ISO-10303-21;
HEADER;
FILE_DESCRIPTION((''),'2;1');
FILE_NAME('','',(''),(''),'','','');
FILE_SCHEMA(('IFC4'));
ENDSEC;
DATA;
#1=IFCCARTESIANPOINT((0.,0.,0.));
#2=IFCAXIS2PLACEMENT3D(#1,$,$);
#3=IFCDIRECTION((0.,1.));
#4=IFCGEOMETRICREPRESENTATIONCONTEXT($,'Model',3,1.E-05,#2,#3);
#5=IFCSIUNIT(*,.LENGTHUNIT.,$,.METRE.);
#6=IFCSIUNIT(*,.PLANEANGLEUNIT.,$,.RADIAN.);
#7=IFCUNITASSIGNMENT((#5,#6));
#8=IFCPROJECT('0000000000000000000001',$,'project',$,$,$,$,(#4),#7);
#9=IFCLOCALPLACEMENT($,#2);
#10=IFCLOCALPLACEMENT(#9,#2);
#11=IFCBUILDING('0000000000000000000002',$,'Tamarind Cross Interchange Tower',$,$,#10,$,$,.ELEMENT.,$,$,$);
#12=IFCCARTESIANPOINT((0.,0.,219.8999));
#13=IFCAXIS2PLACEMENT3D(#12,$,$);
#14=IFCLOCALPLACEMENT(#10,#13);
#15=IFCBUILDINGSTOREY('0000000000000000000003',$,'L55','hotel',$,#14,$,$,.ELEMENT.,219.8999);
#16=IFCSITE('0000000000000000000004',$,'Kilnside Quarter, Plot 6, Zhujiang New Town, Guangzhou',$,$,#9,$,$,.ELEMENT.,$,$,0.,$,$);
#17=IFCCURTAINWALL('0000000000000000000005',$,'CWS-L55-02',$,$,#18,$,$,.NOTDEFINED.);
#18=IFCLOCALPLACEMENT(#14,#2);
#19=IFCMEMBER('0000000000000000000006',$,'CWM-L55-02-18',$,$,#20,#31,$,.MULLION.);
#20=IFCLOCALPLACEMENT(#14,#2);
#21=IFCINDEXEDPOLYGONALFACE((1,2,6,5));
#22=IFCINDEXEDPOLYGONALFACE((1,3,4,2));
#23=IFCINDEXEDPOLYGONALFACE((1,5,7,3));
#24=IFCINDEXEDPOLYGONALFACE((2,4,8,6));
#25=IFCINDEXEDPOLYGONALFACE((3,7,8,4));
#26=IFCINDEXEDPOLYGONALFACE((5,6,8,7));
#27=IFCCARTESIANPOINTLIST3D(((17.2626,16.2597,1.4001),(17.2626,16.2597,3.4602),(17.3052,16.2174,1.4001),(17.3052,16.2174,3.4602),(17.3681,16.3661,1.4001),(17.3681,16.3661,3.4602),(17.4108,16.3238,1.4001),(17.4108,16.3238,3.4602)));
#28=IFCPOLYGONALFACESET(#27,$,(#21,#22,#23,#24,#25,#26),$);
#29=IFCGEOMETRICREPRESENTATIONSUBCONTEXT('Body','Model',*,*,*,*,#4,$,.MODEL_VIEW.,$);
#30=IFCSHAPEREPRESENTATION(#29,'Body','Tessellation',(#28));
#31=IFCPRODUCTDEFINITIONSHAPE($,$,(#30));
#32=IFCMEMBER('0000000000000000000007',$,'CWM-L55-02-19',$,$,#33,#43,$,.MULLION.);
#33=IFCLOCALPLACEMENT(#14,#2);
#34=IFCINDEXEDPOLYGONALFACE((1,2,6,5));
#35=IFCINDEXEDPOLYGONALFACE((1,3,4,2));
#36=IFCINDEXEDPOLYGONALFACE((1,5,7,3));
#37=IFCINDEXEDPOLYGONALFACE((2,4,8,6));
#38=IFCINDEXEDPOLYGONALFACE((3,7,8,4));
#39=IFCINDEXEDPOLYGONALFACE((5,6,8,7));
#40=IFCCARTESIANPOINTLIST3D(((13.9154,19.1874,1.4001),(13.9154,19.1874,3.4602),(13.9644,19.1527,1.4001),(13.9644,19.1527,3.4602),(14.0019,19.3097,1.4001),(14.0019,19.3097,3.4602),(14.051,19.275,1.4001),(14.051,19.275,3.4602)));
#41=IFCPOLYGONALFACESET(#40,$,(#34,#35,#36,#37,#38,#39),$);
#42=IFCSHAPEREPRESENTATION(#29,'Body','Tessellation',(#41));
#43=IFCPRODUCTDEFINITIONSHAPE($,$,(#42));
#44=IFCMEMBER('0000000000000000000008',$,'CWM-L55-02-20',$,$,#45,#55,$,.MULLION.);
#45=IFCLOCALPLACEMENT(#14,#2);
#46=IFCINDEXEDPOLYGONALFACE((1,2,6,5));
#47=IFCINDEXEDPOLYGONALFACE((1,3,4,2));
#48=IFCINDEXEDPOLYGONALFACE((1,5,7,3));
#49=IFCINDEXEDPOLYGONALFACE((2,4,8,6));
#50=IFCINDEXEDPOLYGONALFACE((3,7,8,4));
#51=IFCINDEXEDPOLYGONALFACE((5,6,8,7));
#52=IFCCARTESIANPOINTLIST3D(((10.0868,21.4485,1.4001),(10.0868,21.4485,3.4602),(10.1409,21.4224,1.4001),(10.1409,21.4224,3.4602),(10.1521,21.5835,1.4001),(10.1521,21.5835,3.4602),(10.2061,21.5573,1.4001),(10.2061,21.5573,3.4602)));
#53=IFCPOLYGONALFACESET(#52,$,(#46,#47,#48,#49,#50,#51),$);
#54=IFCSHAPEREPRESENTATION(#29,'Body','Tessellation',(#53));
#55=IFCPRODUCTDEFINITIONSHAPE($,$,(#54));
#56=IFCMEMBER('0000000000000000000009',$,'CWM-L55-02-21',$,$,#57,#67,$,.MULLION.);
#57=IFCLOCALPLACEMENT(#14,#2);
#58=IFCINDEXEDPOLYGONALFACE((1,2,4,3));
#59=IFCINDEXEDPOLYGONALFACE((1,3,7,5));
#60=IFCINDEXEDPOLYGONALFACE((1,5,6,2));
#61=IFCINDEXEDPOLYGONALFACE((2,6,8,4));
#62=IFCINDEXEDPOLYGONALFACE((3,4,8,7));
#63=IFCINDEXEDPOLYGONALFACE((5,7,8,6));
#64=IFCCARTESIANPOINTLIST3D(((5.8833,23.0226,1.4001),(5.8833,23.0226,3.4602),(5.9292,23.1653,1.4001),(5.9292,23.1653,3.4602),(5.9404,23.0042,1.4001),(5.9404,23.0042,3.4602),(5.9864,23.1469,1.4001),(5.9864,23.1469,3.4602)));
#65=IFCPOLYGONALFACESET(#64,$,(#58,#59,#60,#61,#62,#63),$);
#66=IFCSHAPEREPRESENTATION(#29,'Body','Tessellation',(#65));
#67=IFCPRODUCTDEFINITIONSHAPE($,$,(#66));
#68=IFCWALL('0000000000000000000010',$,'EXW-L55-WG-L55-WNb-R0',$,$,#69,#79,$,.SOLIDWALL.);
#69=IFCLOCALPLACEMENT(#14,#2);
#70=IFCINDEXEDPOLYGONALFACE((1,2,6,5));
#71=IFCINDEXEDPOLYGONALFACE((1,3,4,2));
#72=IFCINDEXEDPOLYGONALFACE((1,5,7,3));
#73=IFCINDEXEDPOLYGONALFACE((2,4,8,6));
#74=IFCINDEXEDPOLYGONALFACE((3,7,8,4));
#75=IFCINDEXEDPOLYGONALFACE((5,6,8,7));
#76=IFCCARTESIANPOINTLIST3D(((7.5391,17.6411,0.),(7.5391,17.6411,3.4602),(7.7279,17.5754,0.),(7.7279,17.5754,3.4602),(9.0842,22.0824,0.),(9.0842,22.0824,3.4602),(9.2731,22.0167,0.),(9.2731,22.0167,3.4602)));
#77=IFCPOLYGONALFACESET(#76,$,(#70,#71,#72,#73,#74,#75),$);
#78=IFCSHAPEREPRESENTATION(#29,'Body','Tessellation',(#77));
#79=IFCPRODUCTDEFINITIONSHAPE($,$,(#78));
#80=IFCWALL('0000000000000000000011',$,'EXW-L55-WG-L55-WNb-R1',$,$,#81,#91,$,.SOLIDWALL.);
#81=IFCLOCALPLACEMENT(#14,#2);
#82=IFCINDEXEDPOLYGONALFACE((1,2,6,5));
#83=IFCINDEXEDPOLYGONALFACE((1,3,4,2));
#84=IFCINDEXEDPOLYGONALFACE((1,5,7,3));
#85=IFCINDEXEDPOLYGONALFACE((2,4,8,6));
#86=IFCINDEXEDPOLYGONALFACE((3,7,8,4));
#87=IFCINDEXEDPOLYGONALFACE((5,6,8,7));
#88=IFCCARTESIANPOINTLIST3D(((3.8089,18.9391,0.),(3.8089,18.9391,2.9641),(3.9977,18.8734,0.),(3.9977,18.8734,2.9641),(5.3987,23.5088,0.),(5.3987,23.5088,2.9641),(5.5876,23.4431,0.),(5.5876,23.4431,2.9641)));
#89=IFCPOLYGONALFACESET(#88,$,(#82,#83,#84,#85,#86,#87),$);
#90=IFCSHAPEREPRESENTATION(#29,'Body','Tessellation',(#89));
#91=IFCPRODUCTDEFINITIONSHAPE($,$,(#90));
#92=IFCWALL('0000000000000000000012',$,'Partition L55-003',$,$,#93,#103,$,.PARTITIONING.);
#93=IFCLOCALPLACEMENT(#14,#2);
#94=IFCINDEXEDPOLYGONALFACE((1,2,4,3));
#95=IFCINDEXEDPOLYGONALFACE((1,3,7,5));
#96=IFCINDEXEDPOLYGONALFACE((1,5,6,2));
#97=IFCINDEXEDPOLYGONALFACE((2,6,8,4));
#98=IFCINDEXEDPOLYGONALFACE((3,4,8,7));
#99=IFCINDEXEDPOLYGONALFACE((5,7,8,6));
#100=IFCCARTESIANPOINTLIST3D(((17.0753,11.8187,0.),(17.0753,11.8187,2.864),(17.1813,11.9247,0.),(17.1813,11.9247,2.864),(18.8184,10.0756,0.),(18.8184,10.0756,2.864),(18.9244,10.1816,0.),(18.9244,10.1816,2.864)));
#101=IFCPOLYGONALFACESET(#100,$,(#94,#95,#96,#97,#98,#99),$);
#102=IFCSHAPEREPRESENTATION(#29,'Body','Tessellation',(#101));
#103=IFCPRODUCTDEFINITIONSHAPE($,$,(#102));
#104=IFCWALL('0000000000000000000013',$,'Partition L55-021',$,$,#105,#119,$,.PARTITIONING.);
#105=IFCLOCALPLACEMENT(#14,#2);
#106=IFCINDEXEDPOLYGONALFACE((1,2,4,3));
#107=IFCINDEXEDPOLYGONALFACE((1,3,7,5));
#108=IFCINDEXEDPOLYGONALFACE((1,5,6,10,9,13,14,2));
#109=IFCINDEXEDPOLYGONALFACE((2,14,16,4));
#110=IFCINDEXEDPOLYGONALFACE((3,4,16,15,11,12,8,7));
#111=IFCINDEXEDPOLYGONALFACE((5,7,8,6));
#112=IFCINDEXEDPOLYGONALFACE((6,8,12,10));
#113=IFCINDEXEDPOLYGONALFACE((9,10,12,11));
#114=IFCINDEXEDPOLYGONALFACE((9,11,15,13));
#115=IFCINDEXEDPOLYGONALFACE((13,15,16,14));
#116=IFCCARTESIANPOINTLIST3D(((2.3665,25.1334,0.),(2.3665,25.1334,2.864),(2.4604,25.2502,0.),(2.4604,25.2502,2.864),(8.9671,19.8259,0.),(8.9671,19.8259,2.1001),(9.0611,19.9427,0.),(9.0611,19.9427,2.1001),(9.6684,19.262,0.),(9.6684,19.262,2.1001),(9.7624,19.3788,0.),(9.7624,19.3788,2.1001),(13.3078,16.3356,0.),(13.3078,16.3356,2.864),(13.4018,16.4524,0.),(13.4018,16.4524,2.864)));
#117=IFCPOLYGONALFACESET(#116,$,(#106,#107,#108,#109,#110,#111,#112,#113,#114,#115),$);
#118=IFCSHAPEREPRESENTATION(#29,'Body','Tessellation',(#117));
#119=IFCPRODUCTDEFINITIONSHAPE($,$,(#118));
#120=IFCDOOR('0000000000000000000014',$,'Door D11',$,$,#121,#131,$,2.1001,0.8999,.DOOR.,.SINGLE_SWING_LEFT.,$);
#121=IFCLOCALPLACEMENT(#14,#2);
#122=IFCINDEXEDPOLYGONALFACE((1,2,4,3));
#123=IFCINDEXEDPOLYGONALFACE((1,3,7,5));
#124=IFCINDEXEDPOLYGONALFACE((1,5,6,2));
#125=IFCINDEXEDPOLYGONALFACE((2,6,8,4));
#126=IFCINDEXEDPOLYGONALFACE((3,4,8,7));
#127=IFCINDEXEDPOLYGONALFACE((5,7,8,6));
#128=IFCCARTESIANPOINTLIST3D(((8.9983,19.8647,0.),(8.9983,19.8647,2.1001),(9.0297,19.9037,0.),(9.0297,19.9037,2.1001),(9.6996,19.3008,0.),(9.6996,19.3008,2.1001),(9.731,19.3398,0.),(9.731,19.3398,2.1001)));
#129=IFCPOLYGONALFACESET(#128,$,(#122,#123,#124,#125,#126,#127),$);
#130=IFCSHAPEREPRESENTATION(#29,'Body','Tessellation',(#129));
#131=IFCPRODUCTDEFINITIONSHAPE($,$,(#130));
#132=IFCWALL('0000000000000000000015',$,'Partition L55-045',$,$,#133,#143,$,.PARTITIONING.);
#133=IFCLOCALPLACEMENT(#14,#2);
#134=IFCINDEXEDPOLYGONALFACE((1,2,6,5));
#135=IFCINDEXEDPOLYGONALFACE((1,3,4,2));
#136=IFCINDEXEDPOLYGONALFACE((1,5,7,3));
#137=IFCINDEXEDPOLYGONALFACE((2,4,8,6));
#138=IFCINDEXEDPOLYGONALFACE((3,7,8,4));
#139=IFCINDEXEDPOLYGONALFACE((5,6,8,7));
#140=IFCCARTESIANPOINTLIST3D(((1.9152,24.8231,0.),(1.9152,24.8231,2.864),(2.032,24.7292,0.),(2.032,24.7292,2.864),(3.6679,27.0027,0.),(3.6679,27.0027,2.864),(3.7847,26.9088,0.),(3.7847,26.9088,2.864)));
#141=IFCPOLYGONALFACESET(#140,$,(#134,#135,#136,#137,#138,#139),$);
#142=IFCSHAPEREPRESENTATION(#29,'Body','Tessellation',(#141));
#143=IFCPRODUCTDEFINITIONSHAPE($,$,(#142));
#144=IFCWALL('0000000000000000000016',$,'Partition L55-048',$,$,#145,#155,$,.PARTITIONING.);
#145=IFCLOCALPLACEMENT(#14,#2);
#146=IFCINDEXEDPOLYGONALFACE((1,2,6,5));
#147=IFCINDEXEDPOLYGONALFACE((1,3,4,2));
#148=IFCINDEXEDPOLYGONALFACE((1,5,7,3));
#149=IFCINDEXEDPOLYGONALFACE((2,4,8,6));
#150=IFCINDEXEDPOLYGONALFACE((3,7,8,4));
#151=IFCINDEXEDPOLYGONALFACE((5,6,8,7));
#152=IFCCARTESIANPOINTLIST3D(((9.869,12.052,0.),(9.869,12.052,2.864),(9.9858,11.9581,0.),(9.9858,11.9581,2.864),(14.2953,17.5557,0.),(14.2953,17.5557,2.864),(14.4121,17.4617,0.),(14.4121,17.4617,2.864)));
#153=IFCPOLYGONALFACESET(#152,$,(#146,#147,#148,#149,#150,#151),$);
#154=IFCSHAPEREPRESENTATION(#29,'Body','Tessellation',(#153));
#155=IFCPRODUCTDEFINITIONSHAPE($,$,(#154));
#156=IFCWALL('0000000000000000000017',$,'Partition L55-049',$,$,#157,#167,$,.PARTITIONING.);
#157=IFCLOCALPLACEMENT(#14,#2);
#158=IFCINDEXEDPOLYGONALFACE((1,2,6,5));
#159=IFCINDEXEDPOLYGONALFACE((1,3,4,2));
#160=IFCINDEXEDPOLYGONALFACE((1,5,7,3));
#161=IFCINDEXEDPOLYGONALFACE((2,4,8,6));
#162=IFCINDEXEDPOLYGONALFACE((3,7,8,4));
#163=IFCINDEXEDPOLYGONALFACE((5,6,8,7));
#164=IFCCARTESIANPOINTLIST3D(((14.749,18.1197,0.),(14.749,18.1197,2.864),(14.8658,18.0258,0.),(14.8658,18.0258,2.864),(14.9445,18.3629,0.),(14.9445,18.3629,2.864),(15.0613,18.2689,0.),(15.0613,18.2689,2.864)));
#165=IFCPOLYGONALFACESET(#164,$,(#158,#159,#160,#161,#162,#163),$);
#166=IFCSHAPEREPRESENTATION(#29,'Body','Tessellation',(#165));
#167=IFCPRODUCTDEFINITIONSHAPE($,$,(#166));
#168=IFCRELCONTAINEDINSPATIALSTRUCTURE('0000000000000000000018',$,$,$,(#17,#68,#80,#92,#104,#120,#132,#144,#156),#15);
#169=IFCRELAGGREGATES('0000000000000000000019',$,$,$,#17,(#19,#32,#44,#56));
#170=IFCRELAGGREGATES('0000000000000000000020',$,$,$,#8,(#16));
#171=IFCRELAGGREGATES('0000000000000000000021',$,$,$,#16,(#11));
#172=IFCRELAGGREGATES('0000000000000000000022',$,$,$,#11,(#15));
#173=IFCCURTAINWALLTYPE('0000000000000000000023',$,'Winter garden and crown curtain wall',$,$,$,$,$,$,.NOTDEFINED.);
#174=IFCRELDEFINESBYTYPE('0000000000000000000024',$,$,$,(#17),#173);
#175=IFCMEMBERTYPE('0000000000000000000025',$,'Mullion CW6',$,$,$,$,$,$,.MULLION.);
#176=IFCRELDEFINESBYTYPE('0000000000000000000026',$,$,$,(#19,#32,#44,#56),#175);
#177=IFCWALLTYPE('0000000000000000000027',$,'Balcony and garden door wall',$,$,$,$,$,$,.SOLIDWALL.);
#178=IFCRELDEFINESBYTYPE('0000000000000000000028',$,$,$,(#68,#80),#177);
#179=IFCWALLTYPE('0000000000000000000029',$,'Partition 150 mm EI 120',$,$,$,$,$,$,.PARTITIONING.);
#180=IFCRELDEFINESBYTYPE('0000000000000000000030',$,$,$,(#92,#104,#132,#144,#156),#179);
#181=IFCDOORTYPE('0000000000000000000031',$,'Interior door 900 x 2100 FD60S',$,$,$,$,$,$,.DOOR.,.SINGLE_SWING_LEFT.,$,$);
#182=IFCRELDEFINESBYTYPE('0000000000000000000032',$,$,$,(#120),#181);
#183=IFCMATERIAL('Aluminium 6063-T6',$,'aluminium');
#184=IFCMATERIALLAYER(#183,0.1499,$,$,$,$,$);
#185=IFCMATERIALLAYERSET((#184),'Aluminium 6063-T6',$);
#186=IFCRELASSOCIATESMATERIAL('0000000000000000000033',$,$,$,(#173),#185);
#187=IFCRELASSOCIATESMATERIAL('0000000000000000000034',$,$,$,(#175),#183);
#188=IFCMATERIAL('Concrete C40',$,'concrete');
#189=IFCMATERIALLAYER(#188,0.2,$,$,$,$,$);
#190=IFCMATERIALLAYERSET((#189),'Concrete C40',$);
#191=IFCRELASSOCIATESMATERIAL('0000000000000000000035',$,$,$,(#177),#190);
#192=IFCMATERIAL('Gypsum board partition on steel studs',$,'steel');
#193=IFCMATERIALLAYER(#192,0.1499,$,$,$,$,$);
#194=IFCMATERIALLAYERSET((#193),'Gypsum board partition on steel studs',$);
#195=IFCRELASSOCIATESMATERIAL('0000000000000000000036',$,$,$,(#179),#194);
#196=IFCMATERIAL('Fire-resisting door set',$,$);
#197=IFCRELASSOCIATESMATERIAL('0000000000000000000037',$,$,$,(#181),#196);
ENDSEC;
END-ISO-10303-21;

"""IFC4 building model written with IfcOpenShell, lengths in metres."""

from ifc_helpers import new_model, si_unit, direction, frame, frame_2d, origin, origin_2d, place, context, subcontext, project, spatial, rectangle, extrude, material, layer, layer_set, material_profile, profile_set, type_object, element, fill, aggregate, save


model = new_model("IFC4")

# Units and contexts
model_context = context("Model", 3, precision=1e-05, world=origin(), true_north=direction((0.0, 1.0)))
body_context = subcontext(model_context, "Body", "Model", "MODEL_VIEW")
ifc_project = project(units=[si_unit("LENGTHUNIT", "METRE"), si_unit("PLANEANGLEUNIT", "RADIAN")], contexts=[model_context])

# Site, building, storey
site_placement = place(None, origin())
site = spatial("IfcSite", under=ifc_project, at=site_placement, Name="Kilnside Quarter, Plot 6, Zhujiang New Town, Guangzhou", CompositionType="ELEMENT", RefElevation=0.0)
building_placement = place(site_placement, origin())
building = spatial("IfcBuilding", under=site, at=building_placement, Name="Tamarind Cross Interchange Tower", CompositionType="ELEMENT")
storey_placement = place(building_placement, frame((0.0, 0.0, 219.8999)))
storey = spatial("IfcBuildingStorey", under=building, at=storey_placement, Name="L55", Description="hotel", CompositionType="ELEMENT", Elevation=219.8999)

# Curtain wall, members
ifc_material_1 = material(Name="Aluminium 6063-T6", Category="aluminium")
ifc_layer_1 = layer(ifc_material_1, 0.1499)
ifc_layer_set_1 = layer_set([ifc_layer_1], Name="Aluminium 6063-T6")
curtain_wall_type_1 = type_object("IfcCurtainWallType", Name="Winter garden and crown curtain wall", PredefinedType="NOTDEFINED", material=ifc_layer_set_1)
curtain_wall_1_placement = place(storey_placement, origin())
curtain_wall_1 = element("IfcCurtainWall", 1, at=curtain_wall_1_placement, inside=storey, type_object=curtain_wall_type_1, Name="CWS-L55-02", PredefinedType="NOTDEFINED")
ifc_material_profile_1 = material_profile(ifc_material_1, rectangle(XDim=0.0601, YDim=0.1499, at=origin_2d()), Name="Mullion CW6")
ifc_profile_set_1 = profile_set([ifc_material_profile_1], Name="Aluminium 6063-T6")
member_type_1 = type_object("IfcMemberType", Name="Mullion CW6", PredefinedType="MULLION", material=ifc_profile_set_1)
member_1_placement = place(storey_placement, frame((17.3367, 16.2917, 1.4001), z_axis=(0.0, 0.0, 1.0), x_axis=(-0.710143, 0.704057, 0.0)))
member_1 = element("IfcMember", 2, at=member_1_placement, type_object=member_type_1, Name="CWM-L55-02-18", PredefinedType="MULLION", context=body_context, shape_type="SweptSolid", body=[
    extrude(rectangle(XDim=0.0601, YDim=0.1499, at=origin_2d()), origin(), (0.0, 0.0, 1.0), 2.0601),
])
member_2_placement = place(storey_placement, frame((13.9832, 19.2312, 1.4001), z_axis=(0.0, 0.0, 1.0), x_axis=(-0.816342, 0.577569, 0.0)))
member_2 = element("IfcMember", 3, at=member_2_placement, type_object=member_type_1, Name="CWM-L55-02-19", PredefinedType="MULLION", context=body_context, shape_type="SweptSolid", body=[
    extrude(rectangle(XDim=0.0601, YDim=0.1499, at=origin_2d()), origin(), (0.0, 0.0, 1.0), 2.0601),
])
member_3_placement = place(storey_placement, frame((10.1465, 21.5029, 1.4001), z_axis=(0.0, 0.0, 1.0), x_axis=(-0.900273, 0.435326, 0.0)))
member_3 = element("IfcMember", 4, at=member_3_placement, type_object=member_type_1, Name="CWM-L55-02-20", PredefinedType="MULLION", context=body_context, shape_type="SweptSolid", body=[
    extrude(rectangle(XDim=0.0601, YDim=0.1499, at=origin_2d()), origin(), (0.0, 0.0, 1.0), 2.0601),
])
member_4_placement = place(storey_placement, frame((5.9348, 23.0847, 1.4001), z_axis=(0.0, 0.0, 1.0), x_axis=(-0.951959, 0.306225, 0.0)))
member_4 = element("IfcMember", 5, at=member_4_placement, type_object=member_type_1, Name="CWM-L55-02-21", PredefinedType="MULLION", context=body_context, shape_type="SweptSolid", body=[
    extrude(rectangle(XDim=0.0601, YDim=0.1499, at=origin_2d()), origin(), (0.0, 0.0, 1.0), 2.0601),
])
aggregate(curtain_wall_1, [member_1, member_2, member_3, member_4])

# Shared definitions
ifc_material_2 = material(Name="Concrete C40", Category="concrete")
ifc_layer_2 = layer(ifc_material_2, 0.2)
ifc_layer_set_2 = layer_set([ifc_layer_2], Name="Concrete C40")
wall_type_1 = type_object("IfcWallType", Name="Balcony and garden door wall", PredefinedType="SOLIDWALL", material=ifc_layer_set_2)

# Walls
wall_1_placement = place(storey_placement, frame((7.6335, 17.6084, 0.0), z_axis=(0.0, 0.0, 1.0), x_axis=(0.328583, 0.944475, 0.0)))
element("IfcWall", 6, at=wall_1_placement, inside=storey, type_object=wall_type_1, Name="EXW-L55-WG-L55-WNb-R0", PredefinedType="SOLIDWALL", context=body_context, shape_type="SweptSolid", body=[
    extrude(rectangle(XDim=4.7024, YDim=0.2, at=frame_2d((2.3511, 0.0))), origin(), (0.0, 0.0, 1.0), 3.4602),
])
wall_2_placement = place(storey_placement, frame((3.9033, 18.9062, 0.0), z_axis=(0.0, 0.0, 1.0), x_axis=(0.328583, 0.944475, 0.0)))
element("IfcWall", 7, at=wall_2_placement, inside=storey, type_object=wall_type_1, Name="EXW-L55-WG-L55-WNb-R1", PredefinedType="SOLIDWALL", context=body_context, shape_type="SweptSolid", body=[
    extrude(rectangle(XDim=4.8384, YDim=0.2, at=frame_2d((2.4192, 0.0))), origin(), (0.0, 0.0, 1.0), 2.9641),
])
ifc_material_3 = material(Name="Gypsum board partition on steel studs", Category="steel")
ifc_layer_3 = layer(ifc_material_3, 0.1499)
ifc_layer_set_3 = layer_set([ifc_layer_3], Name="Gypsum board partition on steel studs")
wall_type_2 = type_object("IfcWallType", Name="Partition 150 mm EI 120", PredefinedType="PARTITIONING", material=ifc_layer_set_3)
wall_3_placement = place(storey_placement, frame((17.1284, 11.8716, 0.0), z_axis=(0.0, 0.0, 1.0), x_axis=(0.707107, -0.707107, 0.0)))
element("IfcWall", 8, at=wall_3_placement, inside=storey, type_object=wall_type_2, Name="Partition L55-003", PredefinedType="PARTITIONING", context=body_context, shape_type="SweptSolid", body=[
    extrude(rectangle(XDim=2.4651, YDim=0.1499, at=frame_2d((1.2324, 0.0))), origin(), (0.0, 0.0, 1.0), 2.864),
])

# Wall, opening, door
wall_4_placement = place(storey_placement, frame((2.4133, 25.1919, 0.0), z_axis=(0.0, 0.0, 1.0), x_axis=(0.779312, -0.626636, 0.0)))
wall_4 = element("IfcWall", 9, at=wall_4_placement, inside=storey, type_object=wall_type_2, Name="Partition L55-021", PredefinedType="PARTITIONING", context=body_context, shape_type="SweptSolid", body=[
    extrude(rectangle(XDim=14.0398, YDim=0.1499, at=frame_2d((7.02, 0.0))), origin(), (0.0, 0.0, 1.0), 2.864),
])
opening_1_placement = place(wall_4_placement, frame((8.47, 0.0, 0.0)))
opening_1 = element("IfcOpeningElement", 10, at=opening_1_placement, cuts=wall_4, PredefinedType="OPENING", context=body_context, shape_type="SweptSolid", body=[
    extrude(rectangle(XDim=0.8999, YDim=2.1001, at=frame_2d((0.45, 1.05))), frame((0.0, 0.085, 0.0), z_axis=(0.0, -1.0, 0.0), x_axis=(1.0, 0.0, 0.0)), (0.0, 0.0, 1.0), 0.1699),
])
ifc_material_4 = material(Name="Fire-resisting door set")
door_type_1 = type_object("IfcDoorType", Name="Interior door 900 x 2100 FD60S", OperationType="SINGLE_SWING_LEFT", PredefinedType="DOOR", material=ifc_material_4)
door_1_placement = place(opening_1_placement, origin())
door_1 = element("IfcDoor", 11, at=door_1_placement, inside=storey, type_object=door_type_1, Name="Door D11", OperationType="SINGLE_SWING_LEFT", OverallHeight=2.1001, OverallWidth=0.8999, PredefinedType="DOOR", context=body_context, shape_type="SweptSolid", body=[
    extrude(rectangle(XDim=0.8999, YDim=2.1001, at=frame_2d((0.45, 1.05))), frame((0.0, 0.0249, 0.0), z_axis=(0.0, -1.0, 0.0), x_axis=(1.0, 0.0, 0.0)), (0.0, 0.0, 1.0), 0.05),
])
fill(opening_1, door_1)

# Walls
wall_5_placement = place(storey_placement, frame((1.9736, 24.7761, 0.0), z_axis=(0.0, 0.0, 1.0), x_axis=(0.626641, 0.779308, 0.0)))
element("IfcWall", 12, at=wall_5_placement, inside=storey, type_object=wall_type_2, Name="Partition L55-045", PredefinedType="PARTITIONING", context=body_context, shape_type="SweptSolid", body=[
    extrude(rectangle(XDim=2.7969, YDim=0.1499, at=frame_2d((1.3984, 0.0))), origin(), (0.0, 0.0, 1.0), 2.864),
])
wall_6_placement = place(storey_placement, frame((9.9275, 12.0051, 0.0), z_axis=(0.0, 0.0, 1.0), x_axis=(0.626708, 0.779254, 0.0)))
element("IfcWall", 13, at=wall_6_placement, inside=storey, type_object=wall_type_2, Name="Partition L55-048", PredefinedType="PARTITIONING", context=body_context, shape_type="SweptSolid", body=[
    extrude(rectangle(XDim=7.0627, YDim=0.1499, at=frame_2d((3.5312, 0.0))), origin(), (0.0, 0.0, 1.0), 2.864),
])
wall_7_placement = place(storey_placement, frame((14.8074, 18.0728, 0.0), z_axis=(0.0, 0.0, 1.0), x_axis=(0.626697, 0.779263, 0.0)))
element("IfcWall", 14, at=wall_7_placement, inside=storey, type_object=wall_type_2, Name="Partition L55-049", PredefinedType="PARTITIONING", context=body_context, shape_type="SweptSolid", body=[
    extrude(rectangle(XDim=0.312, YDim=0.1499, at=frame_2d((0.156, 0.0))), origin(), (0.0, 0.0, 1.0), 2.864),
])

save(model, "model.ifc")
